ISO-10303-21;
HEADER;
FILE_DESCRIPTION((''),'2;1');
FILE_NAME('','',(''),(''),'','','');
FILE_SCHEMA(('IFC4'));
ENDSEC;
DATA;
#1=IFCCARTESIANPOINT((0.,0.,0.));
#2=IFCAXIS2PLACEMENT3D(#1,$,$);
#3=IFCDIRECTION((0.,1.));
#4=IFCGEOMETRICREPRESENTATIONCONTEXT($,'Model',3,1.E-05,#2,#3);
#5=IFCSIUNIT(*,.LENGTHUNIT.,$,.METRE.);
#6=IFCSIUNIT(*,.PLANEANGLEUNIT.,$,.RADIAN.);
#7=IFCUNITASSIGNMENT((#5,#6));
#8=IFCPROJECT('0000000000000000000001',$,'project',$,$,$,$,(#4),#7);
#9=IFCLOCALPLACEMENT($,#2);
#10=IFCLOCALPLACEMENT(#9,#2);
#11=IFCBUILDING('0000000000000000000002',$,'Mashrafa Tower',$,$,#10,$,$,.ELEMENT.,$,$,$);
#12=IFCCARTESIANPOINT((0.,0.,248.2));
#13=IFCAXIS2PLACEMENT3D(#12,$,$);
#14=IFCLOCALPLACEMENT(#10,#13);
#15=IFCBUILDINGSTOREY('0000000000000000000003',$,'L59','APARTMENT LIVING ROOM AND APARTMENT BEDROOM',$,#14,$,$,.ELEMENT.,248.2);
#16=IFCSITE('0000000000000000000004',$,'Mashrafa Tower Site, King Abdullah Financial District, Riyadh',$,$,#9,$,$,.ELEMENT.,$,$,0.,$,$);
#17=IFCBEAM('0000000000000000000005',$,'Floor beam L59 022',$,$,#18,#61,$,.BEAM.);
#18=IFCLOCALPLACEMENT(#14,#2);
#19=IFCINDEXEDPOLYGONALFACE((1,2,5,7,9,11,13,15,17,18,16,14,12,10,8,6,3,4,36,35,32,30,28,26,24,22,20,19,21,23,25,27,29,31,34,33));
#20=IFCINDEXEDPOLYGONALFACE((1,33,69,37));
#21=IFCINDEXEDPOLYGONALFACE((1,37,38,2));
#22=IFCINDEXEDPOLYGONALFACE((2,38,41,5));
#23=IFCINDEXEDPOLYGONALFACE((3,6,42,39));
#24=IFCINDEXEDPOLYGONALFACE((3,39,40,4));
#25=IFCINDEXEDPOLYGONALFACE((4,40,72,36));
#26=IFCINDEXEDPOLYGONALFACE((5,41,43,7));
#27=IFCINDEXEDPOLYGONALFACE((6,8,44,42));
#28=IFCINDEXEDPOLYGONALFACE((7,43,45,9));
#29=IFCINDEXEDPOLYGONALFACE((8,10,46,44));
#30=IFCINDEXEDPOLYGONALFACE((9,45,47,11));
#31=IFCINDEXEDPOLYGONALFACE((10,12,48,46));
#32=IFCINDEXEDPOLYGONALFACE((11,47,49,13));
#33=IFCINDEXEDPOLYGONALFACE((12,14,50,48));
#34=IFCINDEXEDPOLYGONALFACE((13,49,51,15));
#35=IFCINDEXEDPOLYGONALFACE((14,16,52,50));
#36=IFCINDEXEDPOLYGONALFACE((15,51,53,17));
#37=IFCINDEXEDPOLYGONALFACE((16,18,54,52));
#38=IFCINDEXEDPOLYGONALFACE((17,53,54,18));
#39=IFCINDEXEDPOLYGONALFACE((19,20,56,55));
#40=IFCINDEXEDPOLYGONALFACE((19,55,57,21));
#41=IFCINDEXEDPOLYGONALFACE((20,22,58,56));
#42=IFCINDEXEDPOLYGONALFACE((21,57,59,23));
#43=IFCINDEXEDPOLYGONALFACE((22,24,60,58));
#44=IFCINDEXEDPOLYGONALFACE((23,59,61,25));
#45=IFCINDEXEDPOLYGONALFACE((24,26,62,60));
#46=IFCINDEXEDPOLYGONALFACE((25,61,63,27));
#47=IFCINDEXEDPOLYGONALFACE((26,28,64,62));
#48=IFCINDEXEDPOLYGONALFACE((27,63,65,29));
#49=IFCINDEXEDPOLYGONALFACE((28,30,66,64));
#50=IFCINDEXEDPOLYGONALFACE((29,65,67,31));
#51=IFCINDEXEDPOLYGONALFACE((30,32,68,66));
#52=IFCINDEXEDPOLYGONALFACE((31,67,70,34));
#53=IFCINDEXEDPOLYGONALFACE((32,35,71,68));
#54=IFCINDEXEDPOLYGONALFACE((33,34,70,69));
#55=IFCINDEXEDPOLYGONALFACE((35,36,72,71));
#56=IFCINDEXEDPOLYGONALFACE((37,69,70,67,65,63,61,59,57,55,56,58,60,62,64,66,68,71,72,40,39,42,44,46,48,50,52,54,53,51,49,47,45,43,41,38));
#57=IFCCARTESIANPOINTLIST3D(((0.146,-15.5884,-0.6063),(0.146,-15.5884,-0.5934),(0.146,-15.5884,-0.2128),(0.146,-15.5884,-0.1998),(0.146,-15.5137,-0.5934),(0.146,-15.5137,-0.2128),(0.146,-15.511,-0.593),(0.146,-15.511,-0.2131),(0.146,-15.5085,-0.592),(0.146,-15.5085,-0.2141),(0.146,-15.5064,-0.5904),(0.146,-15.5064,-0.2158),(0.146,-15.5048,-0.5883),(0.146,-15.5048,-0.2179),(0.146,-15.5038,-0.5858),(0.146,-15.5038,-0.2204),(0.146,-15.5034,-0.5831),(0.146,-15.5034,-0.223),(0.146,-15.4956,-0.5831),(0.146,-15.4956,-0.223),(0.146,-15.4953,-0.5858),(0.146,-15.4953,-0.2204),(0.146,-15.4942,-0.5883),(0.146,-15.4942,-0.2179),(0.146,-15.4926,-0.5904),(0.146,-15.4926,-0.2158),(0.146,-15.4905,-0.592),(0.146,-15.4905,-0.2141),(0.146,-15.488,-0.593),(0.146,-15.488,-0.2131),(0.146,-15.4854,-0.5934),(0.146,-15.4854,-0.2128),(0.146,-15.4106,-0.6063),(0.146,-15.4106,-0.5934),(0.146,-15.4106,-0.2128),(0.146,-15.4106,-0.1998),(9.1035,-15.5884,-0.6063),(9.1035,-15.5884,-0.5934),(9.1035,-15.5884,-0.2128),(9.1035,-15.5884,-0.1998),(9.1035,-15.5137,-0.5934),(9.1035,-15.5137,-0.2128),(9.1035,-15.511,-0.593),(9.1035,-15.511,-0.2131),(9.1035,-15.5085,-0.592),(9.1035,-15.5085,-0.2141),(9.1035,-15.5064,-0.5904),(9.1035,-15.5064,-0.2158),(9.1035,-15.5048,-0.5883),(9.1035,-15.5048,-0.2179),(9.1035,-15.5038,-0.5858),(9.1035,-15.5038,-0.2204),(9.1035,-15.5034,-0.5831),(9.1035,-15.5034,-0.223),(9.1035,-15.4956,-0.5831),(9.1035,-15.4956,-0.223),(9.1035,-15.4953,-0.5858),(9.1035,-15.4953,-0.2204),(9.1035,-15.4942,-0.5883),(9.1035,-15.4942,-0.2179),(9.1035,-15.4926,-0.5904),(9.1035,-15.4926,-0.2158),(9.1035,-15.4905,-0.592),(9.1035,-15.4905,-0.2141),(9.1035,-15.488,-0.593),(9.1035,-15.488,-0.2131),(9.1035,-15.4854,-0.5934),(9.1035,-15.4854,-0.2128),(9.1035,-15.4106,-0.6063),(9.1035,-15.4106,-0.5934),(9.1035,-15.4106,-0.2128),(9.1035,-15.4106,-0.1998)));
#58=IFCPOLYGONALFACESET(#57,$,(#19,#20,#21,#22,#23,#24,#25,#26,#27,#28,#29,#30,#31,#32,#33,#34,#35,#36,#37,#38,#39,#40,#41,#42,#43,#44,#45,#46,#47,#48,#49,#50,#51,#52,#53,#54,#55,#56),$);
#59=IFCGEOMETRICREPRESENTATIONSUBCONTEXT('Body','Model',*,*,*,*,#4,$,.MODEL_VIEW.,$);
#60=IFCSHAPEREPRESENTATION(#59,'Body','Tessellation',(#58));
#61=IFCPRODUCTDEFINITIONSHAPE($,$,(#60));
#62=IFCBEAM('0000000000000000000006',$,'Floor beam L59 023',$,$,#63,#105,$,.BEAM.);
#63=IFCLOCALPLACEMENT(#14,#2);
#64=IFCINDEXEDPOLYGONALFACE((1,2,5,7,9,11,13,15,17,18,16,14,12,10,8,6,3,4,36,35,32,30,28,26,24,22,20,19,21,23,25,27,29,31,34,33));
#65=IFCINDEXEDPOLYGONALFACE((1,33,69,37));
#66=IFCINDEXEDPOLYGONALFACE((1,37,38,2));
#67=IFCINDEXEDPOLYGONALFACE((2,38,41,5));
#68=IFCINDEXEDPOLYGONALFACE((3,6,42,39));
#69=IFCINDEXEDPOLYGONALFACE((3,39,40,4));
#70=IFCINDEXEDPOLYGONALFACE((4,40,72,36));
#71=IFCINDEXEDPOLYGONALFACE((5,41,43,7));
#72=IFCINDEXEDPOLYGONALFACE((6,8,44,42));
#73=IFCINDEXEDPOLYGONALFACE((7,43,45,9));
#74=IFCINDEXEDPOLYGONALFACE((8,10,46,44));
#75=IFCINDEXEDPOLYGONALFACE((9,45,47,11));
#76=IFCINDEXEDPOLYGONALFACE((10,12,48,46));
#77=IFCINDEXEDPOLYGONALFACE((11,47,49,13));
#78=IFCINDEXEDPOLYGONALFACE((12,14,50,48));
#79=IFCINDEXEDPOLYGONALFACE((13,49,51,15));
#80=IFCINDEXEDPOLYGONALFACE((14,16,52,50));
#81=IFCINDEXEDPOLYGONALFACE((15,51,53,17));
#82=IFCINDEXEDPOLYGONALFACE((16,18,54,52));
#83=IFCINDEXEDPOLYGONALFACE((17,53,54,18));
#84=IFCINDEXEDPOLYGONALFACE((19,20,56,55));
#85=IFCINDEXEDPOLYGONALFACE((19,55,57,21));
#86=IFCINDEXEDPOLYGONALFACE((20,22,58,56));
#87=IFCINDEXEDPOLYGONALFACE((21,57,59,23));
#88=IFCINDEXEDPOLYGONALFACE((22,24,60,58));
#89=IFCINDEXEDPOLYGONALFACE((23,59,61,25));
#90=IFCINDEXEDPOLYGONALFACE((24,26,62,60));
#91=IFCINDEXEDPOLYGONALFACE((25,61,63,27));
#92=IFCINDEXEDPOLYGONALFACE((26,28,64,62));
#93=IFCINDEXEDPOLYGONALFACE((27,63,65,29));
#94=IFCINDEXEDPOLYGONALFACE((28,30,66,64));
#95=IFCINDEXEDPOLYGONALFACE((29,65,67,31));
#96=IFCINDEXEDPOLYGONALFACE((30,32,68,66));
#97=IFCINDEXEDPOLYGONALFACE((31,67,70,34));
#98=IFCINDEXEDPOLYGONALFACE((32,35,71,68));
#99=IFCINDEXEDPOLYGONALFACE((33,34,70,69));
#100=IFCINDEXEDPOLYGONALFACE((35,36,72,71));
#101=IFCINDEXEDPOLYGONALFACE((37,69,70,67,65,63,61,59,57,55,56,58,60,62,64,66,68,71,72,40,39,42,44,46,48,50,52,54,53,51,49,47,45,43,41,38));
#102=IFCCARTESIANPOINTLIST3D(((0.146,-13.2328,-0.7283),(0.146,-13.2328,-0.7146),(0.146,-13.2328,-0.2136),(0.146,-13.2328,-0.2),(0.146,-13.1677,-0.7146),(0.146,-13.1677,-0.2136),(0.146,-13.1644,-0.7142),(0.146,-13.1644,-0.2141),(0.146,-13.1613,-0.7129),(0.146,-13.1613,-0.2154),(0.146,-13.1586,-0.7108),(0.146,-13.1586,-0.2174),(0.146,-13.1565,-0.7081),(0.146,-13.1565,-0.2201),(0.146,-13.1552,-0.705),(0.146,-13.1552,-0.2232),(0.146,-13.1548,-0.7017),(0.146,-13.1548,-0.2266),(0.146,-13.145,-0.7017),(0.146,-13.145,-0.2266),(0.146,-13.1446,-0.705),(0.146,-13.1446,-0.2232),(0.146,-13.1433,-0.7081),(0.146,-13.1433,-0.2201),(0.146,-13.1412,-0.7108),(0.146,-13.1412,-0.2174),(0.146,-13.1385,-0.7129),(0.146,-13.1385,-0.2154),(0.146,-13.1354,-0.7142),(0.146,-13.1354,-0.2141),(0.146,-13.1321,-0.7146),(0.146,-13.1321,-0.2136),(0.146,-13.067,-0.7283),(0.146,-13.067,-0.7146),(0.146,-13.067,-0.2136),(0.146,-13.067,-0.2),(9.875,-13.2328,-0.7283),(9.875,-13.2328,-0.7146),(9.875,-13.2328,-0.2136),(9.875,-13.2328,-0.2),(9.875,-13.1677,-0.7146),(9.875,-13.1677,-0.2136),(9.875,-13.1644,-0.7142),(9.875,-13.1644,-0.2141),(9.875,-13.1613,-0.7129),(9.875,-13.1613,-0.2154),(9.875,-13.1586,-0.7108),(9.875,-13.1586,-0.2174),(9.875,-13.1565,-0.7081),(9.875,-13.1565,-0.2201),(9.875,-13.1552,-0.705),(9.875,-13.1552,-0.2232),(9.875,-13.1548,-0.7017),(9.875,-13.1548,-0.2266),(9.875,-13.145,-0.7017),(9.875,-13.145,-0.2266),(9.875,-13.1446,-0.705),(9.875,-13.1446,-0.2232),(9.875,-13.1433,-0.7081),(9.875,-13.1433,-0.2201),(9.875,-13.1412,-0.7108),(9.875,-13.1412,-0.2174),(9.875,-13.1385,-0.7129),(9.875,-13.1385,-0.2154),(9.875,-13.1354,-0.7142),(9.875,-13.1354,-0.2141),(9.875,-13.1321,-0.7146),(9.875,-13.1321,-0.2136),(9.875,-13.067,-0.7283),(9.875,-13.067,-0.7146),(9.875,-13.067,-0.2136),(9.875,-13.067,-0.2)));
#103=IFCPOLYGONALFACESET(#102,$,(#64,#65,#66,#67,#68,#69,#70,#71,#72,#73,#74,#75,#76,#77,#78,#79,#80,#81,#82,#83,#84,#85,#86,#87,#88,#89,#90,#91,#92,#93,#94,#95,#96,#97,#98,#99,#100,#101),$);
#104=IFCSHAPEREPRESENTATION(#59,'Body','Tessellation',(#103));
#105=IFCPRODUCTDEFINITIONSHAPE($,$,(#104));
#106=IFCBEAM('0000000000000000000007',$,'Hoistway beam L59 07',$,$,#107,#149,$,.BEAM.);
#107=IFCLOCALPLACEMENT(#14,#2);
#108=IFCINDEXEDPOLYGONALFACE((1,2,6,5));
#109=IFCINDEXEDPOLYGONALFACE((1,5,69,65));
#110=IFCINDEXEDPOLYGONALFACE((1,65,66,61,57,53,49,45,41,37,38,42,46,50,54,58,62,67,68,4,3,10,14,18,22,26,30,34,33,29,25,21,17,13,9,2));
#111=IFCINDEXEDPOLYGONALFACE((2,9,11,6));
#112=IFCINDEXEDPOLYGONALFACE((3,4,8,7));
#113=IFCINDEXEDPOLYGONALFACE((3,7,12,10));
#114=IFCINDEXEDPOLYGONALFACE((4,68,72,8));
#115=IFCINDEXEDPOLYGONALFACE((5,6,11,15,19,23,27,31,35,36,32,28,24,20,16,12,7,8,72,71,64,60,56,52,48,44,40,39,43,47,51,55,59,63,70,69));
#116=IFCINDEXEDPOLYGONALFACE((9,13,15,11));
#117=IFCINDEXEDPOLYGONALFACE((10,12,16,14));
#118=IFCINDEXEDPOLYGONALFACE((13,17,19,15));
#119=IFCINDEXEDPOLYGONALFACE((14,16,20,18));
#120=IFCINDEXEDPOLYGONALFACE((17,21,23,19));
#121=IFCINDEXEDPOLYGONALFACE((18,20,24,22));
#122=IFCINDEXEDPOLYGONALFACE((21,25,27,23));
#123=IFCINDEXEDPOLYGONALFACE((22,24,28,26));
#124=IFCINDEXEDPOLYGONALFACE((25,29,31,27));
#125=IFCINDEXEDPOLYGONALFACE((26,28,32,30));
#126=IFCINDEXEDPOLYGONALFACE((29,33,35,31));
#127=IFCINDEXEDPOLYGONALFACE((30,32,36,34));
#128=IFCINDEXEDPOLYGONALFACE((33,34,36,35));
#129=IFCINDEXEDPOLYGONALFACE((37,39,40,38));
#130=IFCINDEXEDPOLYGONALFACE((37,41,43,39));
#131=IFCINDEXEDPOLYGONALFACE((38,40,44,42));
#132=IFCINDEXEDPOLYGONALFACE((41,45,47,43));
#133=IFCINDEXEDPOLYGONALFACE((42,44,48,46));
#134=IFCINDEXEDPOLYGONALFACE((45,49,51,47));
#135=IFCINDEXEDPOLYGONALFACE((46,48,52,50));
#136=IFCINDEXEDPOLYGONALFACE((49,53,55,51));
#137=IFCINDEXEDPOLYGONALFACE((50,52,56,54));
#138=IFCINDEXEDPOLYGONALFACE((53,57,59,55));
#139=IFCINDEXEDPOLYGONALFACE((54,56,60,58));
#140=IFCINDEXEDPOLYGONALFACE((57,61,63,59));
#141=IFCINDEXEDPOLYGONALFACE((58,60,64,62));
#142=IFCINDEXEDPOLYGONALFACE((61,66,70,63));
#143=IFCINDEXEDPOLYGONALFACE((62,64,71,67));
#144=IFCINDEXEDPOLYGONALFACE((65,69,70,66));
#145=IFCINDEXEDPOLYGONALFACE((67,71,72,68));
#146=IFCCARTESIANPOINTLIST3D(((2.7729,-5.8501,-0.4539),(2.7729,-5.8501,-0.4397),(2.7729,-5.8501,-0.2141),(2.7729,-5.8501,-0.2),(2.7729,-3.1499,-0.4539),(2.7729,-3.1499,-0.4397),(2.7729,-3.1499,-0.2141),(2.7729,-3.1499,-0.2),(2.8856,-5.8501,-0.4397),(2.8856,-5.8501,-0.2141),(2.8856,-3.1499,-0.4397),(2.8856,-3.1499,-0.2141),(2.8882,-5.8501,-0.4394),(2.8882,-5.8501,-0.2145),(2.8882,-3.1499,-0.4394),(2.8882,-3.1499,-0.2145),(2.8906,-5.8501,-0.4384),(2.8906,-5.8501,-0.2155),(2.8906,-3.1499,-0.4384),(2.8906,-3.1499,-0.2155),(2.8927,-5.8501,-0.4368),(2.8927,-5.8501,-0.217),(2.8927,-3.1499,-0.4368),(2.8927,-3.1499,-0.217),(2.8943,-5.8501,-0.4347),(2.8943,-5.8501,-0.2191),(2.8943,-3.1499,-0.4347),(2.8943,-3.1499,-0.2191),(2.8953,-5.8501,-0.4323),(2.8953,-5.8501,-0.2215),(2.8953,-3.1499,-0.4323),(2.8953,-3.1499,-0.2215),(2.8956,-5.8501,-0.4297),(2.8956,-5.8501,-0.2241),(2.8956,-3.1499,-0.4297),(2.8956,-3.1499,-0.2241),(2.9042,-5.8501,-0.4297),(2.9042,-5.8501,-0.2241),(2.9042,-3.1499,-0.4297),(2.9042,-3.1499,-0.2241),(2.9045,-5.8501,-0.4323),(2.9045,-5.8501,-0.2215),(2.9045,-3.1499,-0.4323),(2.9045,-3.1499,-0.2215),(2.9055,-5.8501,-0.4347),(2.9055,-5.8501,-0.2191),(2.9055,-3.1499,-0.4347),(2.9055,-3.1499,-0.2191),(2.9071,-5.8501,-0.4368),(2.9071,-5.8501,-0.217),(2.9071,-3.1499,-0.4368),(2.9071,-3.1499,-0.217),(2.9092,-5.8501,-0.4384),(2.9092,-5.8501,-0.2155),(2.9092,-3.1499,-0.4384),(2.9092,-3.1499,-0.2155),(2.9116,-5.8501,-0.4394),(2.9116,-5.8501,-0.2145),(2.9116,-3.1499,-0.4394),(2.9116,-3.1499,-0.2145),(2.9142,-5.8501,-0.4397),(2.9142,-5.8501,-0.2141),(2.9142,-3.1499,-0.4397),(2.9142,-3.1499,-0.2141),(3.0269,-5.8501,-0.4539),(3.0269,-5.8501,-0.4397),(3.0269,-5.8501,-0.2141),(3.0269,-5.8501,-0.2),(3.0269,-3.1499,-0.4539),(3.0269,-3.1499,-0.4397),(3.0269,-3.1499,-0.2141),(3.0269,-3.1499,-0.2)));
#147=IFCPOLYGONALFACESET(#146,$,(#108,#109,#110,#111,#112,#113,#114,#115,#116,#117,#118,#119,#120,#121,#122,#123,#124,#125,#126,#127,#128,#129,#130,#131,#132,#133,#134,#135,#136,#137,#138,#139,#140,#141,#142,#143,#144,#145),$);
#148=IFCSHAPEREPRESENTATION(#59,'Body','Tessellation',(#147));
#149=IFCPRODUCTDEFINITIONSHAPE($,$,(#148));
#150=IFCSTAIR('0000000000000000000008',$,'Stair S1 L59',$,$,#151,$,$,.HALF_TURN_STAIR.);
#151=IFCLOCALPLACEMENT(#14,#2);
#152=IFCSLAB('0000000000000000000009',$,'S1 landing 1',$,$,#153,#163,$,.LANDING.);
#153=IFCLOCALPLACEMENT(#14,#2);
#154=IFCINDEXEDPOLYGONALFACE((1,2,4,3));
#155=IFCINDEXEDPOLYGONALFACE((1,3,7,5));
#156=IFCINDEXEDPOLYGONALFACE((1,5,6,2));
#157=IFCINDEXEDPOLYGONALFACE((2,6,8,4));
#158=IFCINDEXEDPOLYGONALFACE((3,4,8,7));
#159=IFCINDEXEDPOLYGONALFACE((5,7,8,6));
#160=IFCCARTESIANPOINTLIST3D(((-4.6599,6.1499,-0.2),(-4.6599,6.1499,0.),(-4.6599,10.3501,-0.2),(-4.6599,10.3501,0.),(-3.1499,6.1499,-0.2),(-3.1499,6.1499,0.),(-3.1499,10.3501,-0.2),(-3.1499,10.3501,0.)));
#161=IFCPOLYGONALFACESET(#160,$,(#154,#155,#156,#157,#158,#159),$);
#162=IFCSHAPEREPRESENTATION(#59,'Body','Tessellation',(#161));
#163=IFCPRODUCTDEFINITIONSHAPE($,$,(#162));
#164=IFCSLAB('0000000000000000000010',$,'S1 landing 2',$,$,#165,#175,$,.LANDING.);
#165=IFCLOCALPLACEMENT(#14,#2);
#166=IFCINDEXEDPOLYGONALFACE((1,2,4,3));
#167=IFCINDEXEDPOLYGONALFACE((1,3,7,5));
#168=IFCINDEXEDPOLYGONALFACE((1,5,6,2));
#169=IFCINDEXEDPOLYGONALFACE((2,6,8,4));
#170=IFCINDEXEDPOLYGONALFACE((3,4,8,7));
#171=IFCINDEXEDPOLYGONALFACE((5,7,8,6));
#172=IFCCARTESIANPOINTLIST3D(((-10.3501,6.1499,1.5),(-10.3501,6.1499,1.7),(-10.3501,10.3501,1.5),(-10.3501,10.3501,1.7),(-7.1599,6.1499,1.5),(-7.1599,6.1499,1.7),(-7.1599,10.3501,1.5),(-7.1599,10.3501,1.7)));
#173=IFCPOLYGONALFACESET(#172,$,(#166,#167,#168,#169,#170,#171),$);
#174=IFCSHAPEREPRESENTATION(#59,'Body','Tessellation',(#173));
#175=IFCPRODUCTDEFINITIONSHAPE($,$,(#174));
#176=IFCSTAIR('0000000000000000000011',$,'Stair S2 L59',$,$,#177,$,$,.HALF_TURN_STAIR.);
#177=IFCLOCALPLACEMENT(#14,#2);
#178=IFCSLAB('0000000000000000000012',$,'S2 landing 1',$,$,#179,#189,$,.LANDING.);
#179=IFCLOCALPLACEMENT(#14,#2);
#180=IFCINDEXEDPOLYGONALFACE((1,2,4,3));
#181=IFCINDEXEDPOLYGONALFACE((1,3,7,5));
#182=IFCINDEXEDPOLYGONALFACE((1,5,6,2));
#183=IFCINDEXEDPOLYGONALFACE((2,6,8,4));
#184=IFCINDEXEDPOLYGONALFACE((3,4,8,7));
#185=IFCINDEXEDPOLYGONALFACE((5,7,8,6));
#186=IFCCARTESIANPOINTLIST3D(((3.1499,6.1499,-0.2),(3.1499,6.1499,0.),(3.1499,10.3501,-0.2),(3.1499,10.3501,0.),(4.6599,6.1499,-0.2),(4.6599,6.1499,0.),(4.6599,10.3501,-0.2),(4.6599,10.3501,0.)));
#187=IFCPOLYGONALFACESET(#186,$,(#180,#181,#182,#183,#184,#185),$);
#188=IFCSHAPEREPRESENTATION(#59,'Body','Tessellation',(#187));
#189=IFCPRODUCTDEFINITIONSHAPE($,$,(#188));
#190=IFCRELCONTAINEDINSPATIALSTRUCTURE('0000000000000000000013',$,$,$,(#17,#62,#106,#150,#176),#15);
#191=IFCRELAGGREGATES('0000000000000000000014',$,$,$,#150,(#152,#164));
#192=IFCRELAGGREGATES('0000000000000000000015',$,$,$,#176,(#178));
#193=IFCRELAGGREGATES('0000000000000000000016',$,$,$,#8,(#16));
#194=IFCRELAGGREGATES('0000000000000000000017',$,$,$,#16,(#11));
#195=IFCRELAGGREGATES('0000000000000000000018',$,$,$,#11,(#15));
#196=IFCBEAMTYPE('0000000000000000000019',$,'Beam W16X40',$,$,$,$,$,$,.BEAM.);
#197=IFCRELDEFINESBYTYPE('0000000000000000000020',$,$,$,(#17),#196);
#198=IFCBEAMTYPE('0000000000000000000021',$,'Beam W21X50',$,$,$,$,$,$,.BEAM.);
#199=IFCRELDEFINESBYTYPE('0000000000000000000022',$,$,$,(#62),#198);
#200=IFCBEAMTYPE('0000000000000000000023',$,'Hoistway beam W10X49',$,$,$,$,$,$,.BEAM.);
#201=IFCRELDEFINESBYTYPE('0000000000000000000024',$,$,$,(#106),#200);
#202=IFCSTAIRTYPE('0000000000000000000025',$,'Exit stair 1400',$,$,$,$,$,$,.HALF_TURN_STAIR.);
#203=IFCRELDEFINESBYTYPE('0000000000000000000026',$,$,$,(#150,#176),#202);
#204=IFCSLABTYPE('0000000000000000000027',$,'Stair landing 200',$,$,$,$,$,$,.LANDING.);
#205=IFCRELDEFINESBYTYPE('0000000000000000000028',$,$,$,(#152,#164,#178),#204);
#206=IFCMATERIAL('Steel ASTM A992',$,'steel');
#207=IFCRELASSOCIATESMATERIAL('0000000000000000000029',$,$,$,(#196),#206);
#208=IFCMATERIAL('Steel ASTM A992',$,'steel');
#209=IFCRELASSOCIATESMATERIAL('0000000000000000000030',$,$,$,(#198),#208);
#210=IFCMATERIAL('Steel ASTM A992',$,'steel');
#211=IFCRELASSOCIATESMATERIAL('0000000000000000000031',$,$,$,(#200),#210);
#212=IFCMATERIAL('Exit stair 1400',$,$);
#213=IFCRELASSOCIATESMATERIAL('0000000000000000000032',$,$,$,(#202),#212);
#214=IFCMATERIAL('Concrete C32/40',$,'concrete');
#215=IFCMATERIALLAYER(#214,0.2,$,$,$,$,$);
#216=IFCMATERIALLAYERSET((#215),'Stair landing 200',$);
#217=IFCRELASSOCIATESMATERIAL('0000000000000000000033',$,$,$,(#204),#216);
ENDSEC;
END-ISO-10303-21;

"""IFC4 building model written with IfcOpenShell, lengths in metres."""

from ifc_helpers import new_model, si_unit, direction, frame, origin, origin_2d, place, context, subcontext, project, spatial, polyline, i_section, outline, extrude, material, layer, layer_set, material_profile, profile_set, type_object, element, aggregate, save


model = new_model("IFC4")

# Units and contexts
model_context = context("Model", 3, precision=1e-05, world=origin(), true_north=direction((0.0, 1.0)))
body_context = subcontext(model_context, "Body", "Model", "MODEL_VIEW")
ifc_project = project(units=[si_unit("LENGTHUNIT", "METRE"), si_unit("PLANEANGLEUNIT", "RADIAN")], contexts=[model_context])

# Site, building, storey
site_placement = place(None, origin())
site = spatial("IfcSite", under=ifc_project, at=site_placement, Name="Mashrafa Tower Site, King Abdullah Financial District, Riyadh", CompositionType="ELEMENT", RefElevation=0.0)
building_placement = place(site_placement, origin())
building = spatial("IfcBuilding", under=site, at=building_placement, Name="Mashrafa Tower", CompositionType="ELEMENT")
storey_placement = place(building_placement, frame((0.0, 0.0, 248.2)))
storey = spatial("IfcBuildingStorey", under=building, at=storey_placement, Name="L59", Description="APARTMENT LIVING ROOM AND APARTMENT BEDROOM", CompositionType="ELEMENT", Elevation=248.2)

# Beams
ifc_material_1 = material(Name="Steel ASTM A992", Category="steel")
ifc_material_profile_1 = material_profile(ifc_material_1, i_section(OverallWidth=0.1777, OverallDepth=0.4065, WebThickness=0.0078, FlangeThickness=0.0129, FilletRadius=0.0103, at=origin_2d()), Name="W16X40")
ifc_profile_set_1 = profile_set([ifc_material_profile_1], Name="Steel ASTM A992")
beam_type_1 = type_object("IfcBeamType", Name="Beam W16X40", PredefinedType="BEAM", material=ifc_profile_set_1)
beam_1_placement = place(storey_placement, frame((9.1035, -15.4995, -0.4031), z_axis=(-1.0, 0.0, 0.0), x_axis=(0.0, -1.0, 0.0)))
element("IfcBeam", 1, at=beam_1_placement, inside=storey, type_object=beam_type_1, Name="Floor beam L59 022", PredefinedType="BEAM", context=body_context, shape_type="SweptSolid", body=[
    extrude(i_section(OverallWidth=0.1777, OverallDepth=0.4065, WebThickness=0.0078, FlangeThickness=0.0129, FilletRadius=0.0103, at=origin_2d()), origin(), (0.0, 0.0, 1.0), 8.9575),
])
ifc_material_2 = material(Name="Steel ASTM A992", Category="steel")
ifc_material_profile_2 = material_profile(ifc_material_2, i_section(OverallWidth=0.1658, OverallDepth=0.5283, WebThickness=0.0098, FlangeThickness=0.0137, FilletRadius=0.0129, at=origin_2d()), Name="W21X50")
ifc_profile_set_2 = profile_set([ifc_material_profile_2], Name="Steel ASTM A992")
beam_type_2 = type_object("IfcBeamType", Name="Beam W21X50", PredefinedType="BEAM", material=ifc_profile_set_2)
beam_2_placement = place(storey_placement, frame((9.875, -13.1499, -0.4641), z_axis=(-1.0, 0.0, 0.0), x_axis=(0.0, -1.0, 0.0)))
element("IfcBeam", 2, at=beam_2_placement, inside=storey, type_object=beam_type_2, Name="Floor beam L59 023", PredefinedType="BEAM", context=body_context, shape_type="SweptSolid", body=[
    extrude(i_section(OverallWidth=0.1658, OverallDepth=0.5283, WebThickness=0.0098, FlangeThickness=0.0137, FilletRadius=0.0129, at=origin_2d()), origin(), (0.0, 0.0, 1.0), 9.729),
])
ifc_material_3 = material(Name="Steel ASTM A992", Category="steel")
ifc_material_profile_3 = material_profile(ifc_material_3, i_section(OverallWidth=0.2539, OverallDepth=0.2539, WebThickness=0.0085, FlangeThickness=0.0142, FilletRadius=0.01, at=origin_2d()), Name="W10X49")
ifc_profile_set_3 = profile_set([ifc_material_profile_3], Name="Steel ASTM A992")
beam_type_3 = type_object("IfcBeamType", Name="Hoistway beam W10X49", PredefinedType="BEAM", material=ifc_profile_set_3)
beam_3_placement = place(storey_placement, frame((2.8999, -5.8501, -0.3269), z_axis=(0.0, 1.0, 0.0), x_axis=(-1.0, 0.0, 0.0)))
element("IfcBeam", 3, at=beam_3_placement, inside=storey, type_object=beam_type_3, Name="Hoistway beam L59 07", PredefinedType="BEAM", context=body_context, shape_type="SweptSolid", body=[
    extrude(i_section(OverallWidth=0.2539, OverallDepth=0.2539, WebThickness=0.0085, FlangeThickness=0.0142, FilletRadius=0.01, at=origin_2d()), origin(), (0.0, 0.0, 1.0), 2.7002),
])

# Stairs, slabs
ifc_material_4 = material(Name="Exit stair 1400")
stair_type = type_object("IfcStairType", Name="Exit stair 1400", PredefinedType="HALF_TURN_STAIR", material=ifc_material_4)
stair_1_placement = place(storey_placement, origin())
stair_1 = element("IfcStair", 4, at=stair_1_placement, inside=storey, type_object=stair_type, Name="Stair S1 L59", PredefinedType="HALF_TURN_STAIR")
ifc_material_5 = material(Name="Concrete C32/40", Category="concrete")
ifc_layer_1 = layer(ifc_material_5, 0.2)
ifc_layer_set_1 = layer_set([ifc_layer_1], Name="Stair landing 200")
slab_type = type_object("IfcSlabType", Name="Stair landing 200", PredefinedType="LANDING", material=ifc_layer_set_1)
slab_1_placement = place(storey_placement, frame((0.0, 0.0, -0.2)))
slab_1 = element("IfcSlab", 5, at=slab_1_placement, type_object=slab_type, Name="S1 landing 1", PredefinedType="LANDING", context=body_context, shape_type="SweptSolid", body=[
    extrude(outline(polyline([(-4.6599, 6.1499), (-3.1499, 6.1499), (-3.1499, 10.3501), (-4.6599, 10.3501), (-4.6599, 6.1499)])), origin(), (0.0, 0.0, 1.0), 0.2),
])
slab_2_placement = place(storey_placement, frame((0.0, 0.0, 1.5)))
slab_2 = element("IfcSlab", 6, at=slab_2_placement, type_object=slab_type, Name="S1 landing 2", PredefinedType="LANDING", context=body_context, shape_type="SweptSolid", body=[
    extrude(outline(polyline([(-10.3501, 6.1499), (-7.1599, 6.1499), (-7.1599, 10.3501), (-10.3501, 10.3501), (-10.3501, 6.1499)])), origin(), (0.0, 0.0, 1.0), 0.2),
])
aggregate(stair_1, [slab_1, slab_2])
stair_2_placement = place(storey_placement, origin())
stair_2 = element("IfcStair", 7, at=stair_2_placement, inside=storey, type_object=stair_type, Name="Stair S2 L59", PredefinedType="HALF_TURN_STAIR")
slab_3_placement = place(storey_placement, frame((0.0, 0.0, -0.2)))
slab_3 = element("IfcSlab", 8, at=slab_3_placement, type_object=slab_type, Name="S2 landing 1", PredefinedType="LANDING", context=body_context, shape_type="SweptSolid", body=[
    extrude(outline(polyline([(3.1499, 6.1499), (4.6599, 6.1499), (4.6599, 10.3501), (3.1499, 10.3501), (3.1499, 6.1499)])), origin(), (0.0, 0.0, 1.0), 0.2),
])
aggregate(stair_2, [slab_3])

save(model, "model.ifc")
